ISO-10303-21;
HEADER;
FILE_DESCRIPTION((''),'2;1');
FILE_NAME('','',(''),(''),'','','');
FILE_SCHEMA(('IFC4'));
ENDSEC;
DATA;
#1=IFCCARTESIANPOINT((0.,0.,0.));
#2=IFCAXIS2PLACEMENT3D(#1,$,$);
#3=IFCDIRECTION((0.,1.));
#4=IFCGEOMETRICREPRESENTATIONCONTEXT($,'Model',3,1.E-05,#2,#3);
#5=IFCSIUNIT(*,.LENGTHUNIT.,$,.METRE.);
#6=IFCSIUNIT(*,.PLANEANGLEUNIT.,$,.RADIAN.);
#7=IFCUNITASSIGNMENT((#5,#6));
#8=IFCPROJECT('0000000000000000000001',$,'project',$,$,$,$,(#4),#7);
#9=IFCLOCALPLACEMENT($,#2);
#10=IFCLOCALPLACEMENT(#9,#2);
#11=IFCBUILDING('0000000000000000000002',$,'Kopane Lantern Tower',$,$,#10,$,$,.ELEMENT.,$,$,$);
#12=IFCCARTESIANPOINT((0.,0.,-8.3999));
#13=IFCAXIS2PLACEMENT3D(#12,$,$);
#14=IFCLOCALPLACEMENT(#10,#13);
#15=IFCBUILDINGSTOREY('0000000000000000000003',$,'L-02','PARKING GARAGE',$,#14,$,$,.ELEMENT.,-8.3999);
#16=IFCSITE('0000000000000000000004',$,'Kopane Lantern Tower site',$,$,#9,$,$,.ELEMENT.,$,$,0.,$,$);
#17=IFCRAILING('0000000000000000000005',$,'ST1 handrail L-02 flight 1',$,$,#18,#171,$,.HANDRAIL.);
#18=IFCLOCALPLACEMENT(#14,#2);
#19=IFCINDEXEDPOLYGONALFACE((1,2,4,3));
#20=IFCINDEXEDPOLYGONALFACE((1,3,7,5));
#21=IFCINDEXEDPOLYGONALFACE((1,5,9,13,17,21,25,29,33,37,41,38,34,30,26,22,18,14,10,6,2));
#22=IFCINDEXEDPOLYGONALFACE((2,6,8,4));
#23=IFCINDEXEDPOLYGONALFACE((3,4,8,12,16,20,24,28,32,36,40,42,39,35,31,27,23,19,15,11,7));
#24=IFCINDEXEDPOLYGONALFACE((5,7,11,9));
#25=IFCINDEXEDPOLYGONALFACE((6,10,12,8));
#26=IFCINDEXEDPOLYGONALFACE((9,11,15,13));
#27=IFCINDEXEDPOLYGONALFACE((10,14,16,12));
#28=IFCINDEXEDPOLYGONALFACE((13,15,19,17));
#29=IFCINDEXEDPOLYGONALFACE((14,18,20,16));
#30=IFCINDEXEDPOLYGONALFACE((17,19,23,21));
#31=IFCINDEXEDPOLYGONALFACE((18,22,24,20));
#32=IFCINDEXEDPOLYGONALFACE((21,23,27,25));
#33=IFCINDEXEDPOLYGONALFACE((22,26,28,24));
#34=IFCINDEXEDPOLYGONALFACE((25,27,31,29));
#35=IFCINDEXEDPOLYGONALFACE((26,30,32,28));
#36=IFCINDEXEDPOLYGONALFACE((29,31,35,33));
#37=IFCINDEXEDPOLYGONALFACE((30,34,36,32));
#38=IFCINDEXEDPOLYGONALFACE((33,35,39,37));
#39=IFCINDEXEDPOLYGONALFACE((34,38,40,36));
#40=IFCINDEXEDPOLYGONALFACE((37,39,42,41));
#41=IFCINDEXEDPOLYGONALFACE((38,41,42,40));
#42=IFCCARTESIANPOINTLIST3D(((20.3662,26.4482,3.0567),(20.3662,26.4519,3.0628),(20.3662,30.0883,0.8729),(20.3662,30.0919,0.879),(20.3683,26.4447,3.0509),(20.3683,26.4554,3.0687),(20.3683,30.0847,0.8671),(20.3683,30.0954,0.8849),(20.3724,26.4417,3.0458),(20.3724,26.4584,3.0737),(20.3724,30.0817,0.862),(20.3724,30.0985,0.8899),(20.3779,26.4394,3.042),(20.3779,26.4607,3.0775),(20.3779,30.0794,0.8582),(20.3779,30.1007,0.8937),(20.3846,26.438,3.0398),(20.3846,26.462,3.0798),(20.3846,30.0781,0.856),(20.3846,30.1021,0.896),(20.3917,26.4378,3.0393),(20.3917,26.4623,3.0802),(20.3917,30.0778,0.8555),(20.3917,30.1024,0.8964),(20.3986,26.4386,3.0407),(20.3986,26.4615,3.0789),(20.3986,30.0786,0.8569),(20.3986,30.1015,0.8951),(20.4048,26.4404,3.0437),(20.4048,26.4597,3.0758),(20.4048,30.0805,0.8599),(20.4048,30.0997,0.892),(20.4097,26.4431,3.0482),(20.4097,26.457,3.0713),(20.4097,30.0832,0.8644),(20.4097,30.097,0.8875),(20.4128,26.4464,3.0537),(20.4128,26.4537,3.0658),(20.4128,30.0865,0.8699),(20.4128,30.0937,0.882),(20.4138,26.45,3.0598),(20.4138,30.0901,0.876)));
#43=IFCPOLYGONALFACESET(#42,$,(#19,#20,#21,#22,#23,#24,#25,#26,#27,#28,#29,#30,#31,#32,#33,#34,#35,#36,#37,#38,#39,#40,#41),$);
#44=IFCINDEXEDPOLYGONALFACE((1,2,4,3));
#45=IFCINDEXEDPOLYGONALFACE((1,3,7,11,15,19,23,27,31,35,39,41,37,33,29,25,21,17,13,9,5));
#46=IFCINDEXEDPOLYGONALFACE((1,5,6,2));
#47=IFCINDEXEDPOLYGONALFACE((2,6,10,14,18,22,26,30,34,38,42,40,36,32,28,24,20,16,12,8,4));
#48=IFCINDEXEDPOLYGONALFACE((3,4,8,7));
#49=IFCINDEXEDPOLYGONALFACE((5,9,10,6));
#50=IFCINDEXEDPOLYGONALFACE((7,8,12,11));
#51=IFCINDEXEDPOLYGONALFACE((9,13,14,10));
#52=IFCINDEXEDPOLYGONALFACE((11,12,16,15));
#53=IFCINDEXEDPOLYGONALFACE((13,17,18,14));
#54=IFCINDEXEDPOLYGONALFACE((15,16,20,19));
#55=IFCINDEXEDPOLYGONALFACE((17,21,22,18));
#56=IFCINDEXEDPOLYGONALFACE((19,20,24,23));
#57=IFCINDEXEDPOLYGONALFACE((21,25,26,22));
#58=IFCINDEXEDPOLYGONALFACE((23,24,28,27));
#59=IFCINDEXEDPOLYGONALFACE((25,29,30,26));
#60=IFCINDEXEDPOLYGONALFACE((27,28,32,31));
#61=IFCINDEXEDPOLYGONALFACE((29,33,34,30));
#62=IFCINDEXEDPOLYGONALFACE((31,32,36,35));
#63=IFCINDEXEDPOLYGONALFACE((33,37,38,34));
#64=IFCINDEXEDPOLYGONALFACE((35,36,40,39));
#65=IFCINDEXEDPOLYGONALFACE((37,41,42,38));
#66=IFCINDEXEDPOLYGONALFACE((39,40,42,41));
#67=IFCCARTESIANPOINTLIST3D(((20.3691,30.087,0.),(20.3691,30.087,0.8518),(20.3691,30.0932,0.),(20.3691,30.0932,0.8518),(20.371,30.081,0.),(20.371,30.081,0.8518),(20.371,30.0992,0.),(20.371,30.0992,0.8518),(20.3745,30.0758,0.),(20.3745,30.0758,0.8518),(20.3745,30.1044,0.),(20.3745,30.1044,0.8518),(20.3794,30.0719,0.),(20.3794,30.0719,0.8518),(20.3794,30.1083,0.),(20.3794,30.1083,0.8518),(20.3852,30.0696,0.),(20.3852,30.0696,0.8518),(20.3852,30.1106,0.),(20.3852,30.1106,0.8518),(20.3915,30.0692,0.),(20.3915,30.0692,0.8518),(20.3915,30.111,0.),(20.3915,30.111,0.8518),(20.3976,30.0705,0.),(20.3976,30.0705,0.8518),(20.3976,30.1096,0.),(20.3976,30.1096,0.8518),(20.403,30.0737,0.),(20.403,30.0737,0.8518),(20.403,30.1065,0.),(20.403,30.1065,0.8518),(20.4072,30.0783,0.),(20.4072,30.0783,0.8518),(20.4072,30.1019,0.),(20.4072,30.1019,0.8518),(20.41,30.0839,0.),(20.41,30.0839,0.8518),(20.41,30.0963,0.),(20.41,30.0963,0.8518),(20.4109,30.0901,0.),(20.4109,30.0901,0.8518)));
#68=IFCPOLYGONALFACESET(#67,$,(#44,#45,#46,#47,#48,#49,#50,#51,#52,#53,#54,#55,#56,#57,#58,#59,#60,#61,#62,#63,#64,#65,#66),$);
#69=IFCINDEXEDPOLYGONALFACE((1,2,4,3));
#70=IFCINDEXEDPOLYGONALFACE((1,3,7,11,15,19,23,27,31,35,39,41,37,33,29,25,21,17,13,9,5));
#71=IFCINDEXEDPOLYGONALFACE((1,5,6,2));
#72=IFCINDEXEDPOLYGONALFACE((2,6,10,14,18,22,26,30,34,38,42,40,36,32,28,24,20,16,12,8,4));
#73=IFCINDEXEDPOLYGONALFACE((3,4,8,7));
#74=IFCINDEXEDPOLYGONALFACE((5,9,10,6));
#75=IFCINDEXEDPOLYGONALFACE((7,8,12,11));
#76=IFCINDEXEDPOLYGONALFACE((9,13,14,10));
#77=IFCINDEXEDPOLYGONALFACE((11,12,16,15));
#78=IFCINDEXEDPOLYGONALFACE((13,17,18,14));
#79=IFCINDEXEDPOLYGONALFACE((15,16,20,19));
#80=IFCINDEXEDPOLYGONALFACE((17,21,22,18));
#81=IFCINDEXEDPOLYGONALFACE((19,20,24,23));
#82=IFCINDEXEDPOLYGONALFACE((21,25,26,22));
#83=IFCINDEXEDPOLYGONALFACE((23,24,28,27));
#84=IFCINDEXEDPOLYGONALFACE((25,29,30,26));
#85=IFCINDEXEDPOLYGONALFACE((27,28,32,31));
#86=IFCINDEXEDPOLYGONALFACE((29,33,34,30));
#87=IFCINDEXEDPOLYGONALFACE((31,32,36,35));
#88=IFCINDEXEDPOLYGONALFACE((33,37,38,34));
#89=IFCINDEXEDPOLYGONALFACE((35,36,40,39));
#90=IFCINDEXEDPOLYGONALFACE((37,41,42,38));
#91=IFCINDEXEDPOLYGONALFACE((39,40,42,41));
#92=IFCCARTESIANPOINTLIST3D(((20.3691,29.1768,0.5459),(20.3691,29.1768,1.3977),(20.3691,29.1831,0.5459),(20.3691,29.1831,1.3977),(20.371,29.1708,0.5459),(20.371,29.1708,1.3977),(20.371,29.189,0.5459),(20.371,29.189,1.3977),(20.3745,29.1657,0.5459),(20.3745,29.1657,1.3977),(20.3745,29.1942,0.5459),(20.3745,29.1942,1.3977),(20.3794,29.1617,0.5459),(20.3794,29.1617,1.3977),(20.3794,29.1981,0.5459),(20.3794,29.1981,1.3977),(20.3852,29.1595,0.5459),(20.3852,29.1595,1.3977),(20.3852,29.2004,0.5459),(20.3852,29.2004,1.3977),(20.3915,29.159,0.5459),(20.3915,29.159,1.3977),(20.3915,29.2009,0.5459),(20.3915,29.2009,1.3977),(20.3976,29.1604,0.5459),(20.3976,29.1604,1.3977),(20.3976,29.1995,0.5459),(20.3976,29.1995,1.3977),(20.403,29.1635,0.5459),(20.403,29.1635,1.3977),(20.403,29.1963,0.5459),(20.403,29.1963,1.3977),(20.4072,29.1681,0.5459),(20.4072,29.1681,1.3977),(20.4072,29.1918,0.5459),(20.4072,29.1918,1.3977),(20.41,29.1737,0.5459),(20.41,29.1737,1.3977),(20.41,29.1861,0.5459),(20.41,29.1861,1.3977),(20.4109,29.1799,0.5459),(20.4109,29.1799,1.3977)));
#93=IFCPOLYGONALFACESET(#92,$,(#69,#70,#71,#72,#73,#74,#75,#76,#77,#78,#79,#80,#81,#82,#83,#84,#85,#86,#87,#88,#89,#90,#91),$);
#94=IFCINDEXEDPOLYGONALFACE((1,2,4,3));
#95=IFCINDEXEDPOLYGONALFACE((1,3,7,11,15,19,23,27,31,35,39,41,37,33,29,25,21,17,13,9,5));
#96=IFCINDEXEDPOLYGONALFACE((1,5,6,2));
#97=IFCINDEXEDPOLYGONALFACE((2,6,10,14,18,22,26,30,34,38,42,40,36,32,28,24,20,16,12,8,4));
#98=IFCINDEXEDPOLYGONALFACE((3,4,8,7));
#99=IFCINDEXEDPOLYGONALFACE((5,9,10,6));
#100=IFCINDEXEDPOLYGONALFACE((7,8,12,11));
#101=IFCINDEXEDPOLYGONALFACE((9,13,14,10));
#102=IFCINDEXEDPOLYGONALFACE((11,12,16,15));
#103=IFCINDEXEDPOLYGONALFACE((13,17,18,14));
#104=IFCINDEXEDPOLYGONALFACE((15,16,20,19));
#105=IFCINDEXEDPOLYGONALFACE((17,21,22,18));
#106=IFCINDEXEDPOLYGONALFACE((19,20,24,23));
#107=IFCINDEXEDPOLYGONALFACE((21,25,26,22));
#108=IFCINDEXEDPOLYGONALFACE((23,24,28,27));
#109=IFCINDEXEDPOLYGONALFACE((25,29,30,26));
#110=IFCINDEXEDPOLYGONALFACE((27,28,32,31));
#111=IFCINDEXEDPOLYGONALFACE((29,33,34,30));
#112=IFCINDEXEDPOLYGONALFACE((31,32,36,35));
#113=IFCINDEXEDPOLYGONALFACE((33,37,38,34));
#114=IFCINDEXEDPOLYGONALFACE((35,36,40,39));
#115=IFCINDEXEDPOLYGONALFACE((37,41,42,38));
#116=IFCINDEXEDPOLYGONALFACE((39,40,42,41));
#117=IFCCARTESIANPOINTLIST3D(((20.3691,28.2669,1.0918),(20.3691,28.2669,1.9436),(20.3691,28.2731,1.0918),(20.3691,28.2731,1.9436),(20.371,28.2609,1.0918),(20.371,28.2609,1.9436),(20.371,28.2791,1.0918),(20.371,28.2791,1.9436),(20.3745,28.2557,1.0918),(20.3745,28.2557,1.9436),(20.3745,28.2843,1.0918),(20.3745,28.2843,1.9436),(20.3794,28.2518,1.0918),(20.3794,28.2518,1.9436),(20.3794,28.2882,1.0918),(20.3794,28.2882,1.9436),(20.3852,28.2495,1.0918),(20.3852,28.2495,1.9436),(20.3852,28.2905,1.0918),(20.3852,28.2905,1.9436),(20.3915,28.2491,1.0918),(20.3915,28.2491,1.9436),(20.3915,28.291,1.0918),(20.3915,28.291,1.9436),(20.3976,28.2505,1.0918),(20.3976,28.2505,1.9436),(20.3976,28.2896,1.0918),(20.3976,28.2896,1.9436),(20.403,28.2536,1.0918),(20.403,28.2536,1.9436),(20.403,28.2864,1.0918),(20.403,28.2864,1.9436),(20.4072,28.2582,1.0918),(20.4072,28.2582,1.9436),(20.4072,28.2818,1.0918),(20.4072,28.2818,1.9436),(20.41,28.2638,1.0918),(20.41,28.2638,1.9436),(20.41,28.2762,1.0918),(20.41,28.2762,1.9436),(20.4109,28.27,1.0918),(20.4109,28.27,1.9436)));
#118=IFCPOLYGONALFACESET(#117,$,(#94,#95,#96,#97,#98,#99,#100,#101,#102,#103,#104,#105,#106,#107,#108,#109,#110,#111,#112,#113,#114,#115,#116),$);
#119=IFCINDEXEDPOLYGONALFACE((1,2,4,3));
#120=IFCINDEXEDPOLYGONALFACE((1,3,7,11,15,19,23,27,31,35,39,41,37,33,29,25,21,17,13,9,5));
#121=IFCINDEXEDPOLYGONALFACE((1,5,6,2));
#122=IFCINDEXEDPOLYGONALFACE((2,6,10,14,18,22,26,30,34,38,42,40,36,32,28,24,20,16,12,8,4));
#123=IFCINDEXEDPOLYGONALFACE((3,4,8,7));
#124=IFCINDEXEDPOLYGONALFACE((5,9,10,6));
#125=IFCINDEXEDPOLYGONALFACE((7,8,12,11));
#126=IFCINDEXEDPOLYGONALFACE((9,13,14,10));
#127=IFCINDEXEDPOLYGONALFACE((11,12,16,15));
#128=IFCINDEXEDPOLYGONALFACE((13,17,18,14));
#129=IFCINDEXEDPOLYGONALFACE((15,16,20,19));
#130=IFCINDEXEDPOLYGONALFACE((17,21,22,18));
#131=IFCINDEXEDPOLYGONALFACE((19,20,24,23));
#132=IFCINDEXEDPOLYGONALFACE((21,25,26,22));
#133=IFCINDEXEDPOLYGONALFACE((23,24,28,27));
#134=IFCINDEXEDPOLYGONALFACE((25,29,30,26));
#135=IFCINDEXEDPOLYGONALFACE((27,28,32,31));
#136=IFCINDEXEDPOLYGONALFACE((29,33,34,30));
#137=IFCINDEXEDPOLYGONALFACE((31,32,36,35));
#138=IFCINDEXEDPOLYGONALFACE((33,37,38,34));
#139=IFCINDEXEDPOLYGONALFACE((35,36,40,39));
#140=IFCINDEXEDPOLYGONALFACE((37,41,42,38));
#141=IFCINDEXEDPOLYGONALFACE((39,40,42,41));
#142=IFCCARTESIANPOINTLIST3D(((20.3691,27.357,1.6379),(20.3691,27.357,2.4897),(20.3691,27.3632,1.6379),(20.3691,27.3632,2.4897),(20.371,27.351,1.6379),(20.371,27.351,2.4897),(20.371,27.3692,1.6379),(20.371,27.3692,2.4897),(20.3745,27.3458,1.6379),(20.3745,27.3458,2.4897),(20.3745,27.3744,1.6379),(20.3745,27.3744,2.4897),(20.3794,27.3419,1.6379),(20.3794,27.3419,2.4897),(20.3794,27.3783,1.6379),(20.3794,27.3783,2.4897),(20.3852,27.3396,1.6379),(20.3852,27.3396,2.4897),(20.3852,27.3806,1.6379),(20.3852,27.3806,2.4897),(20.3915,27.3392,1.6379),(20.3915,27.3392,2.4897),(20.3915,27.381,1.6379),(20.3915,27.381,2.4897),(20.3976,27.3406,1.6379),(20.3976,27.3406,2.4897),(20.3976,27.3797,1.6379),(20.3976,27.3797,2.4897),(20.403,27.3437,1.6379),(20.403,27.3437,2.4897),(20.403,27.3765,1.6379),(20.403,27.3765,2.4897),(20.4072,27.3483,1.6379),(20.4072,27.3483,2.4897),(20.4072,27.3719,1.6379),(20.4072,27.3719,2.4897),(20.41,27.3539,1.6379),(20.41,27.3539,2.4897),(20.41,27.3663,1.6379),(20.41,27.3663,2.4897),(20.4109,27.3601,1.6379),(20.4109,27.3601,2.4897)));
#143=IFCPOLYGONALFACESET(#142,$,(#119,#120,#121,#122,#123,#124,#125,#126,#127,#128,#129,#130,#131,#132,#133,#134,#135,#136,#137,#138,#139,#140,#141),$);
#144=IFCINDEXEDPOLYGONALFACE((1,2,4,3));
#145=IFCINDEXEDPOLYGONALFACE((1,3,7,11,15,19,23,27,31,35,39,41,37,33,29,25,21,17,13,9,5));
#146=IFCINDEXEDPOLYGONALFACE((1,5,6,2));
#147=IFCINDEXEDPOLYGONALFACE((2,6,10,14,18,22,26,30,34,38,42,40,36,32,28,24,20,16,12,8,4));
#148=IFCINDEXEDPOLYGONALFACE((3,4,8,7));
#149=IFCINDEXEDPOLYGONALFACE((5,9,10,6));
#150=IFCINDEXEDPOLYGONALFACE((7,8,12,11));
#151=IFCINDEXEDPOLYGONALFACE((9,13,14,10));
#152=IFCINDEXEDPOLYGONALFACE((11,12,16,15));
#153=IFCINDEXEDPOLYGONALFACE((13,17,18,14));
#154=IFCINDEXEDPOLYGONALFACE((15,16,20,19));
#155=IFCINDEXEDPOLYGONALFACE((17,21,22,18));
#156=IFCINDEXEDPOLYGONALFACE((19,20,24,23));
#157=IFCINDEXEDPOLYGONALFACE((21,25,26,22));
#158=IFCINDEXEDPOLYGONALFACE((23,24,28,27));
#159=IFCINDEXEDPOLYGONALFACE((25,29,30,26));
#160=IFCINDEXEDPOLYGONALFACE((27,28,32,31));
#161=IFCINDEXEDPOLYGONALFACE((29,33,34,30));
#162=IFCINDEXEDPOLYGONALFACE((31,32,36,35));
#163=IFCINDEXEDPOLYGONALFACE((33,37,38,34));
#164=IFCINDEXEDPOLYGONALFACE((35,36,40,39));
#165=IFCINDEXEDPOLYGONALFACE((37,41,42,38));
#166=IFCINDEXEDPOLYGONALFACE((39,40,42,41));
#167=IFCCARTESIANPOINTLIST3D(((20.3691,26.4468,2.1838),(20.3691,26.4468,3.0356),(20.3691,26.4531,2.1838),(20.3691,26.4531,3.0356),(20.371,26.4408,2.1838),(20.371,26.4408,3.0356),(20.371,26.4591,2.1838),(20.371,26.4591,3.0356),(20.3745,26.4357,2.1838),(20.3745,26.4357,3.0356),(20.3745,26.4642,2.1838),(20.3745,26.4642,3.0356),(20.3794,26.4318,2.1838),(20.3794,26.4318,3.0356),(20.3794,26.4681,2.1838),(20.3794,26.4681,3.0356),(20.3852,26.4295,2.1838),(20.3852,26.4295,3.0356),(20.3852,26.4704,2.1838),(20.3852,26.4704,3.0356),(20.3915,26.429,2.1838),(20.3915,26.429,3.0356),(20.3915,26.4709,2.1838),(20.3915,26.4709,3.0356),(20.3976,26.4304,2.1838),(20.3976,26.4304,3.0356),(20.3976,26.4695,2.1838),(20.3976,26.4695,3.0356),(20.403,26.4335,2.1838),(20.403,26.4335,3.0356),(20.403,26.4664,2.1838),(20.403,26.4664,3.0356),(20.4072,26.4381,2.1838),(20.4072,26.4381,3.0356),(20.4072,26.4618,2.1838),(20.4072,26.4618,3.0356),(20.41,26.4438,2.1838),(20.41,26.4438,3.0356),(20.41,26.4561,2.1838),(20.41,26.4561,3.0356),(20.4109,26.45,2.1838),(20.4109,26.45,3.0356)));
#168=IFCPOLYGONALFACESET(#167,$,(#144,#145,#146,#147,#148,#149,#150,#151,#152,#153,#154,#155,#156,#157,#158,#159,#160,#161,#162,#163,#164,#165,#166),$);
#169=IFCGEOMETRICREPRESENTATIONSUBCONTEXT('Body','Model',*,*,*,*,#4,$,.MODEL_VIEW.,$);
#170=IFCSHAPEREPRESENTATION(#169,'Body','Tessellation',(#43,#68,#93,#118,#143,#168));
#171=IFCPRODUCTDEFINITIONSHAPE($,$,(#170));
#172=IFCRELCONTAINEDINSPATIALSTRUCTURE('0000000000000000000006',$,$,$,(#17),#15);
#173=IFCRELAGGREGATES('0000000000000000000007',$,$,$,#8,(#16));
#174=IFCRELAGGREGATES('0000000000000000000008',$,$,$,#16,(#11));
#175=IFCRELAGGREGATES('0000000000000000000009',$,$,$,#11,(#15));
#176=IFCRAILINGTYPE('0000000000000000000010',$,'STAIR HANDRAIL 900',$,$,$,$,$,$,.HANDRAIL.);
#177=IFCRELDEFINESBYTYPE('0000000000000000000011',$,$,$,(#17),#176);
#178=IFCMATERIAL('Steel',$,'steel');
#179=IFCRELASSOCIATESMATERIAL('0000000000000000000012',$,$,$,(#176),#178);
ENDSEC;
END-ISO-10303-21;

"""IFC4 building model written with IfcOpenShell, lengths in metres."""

from ifc_helpers import new_model, si_unit, direction, frame, origin, origin_2d, place, context, subcontext, project, spatial, circle, extrude, material, type_object, element, save


model = new_model("IFC4")

# Units and contexts
model_context = context("Model", 3, precision=1e-05, world=origin(), true_north=direction((0.0, 1.0)))
body_context = subcontext(model_context, "Body", "Model", "MODEL_VIEW")
ifc_project = project(units=[si_unit("LENGTHUNIT", "METRE"), si_unit("PLANEANGLEUNIT", "RADIAN")], contexts=[model_context])

# Site, building, storey
site_placement = place(None, origin())
site = spatial("IfcSite", under=ifc_project, at=site_placement, Name="Kopane Lantern Tower site", CompositionType="ELEMENT", RefElevation=0.0)
building_placement = place(site_placement, origin())
building = spatial("IfcBuilding", under=site, at=building_placement, Name="Kopane Lantern Tower", CompositionType="ELEMENT")
storey_placement = place(building_placement, frame((0.0, 0.0, -8.3999)))
storey = spatial("IfcBuildingStorey", under=building, at=storey_placement, Name="L-02", Description="PARKING GARAGE", CompositionType="ELEMENT", Elevation=-8.3999)

# Railing
ifc_material_1 = material(Name="Steel", Category="steel")
railing_type_1 = type_object("IfcRailingType", Name="STAIR HANDRAIL 900", PredefinedType="HANDRAIL", material=ifc_material_1)
for number, where, name in (
    (1, (20.3899, 30.0901, 0.0), "ST1 handrail L-02 flight 1"),
):
    element("IfcRailing", number, at=place(storey_placement, frame(where)), inside=storey, type_object=railing_type_1, Name=name, PredefinedType="HANDRAIL", context=body_context, shape_type="SweptSolid", body=[
        extrude(circle(Radius=0.0239, at=origin_2d()), frame((0.0, 0.0, 0.876), z_axis=(0.0, -0.857518, 0.514453), x_axis=(1.0, 0.0, 0.0)), (0.0, 0.0, 1.0), 4.2449),
        extrude(circle(Radius=0.021, at=origin_2d()), origin(), (0.0, 0.0, 1.0), 0.8518),
        extrude(circle(Radius=0.021, at=origin_2d()), frame((0.0, -0.9102, 0.5459)), (0.0, 0.0, 1.0), 0.8518),
        extrude(circle(Radius=0.021, at=origin_2d()), frame((0.0, -1.8201, 1.0918)), (0.0, 0.0, 1.0), 0.8518),
        extrude(circle(Radius=0.021, at=origin_2d()), frame((0.0, -2.73, 1.6379)), (0.0, 0.0, 1.0), 0.8518),
        extrude(circle(Radius=0.021, at=origin_2d()), frame((0.0, -3.6401, 2.1838)), (0.0, 0.0, 1.0), 0.8518),
    ])

save(model, "model.ifc")
